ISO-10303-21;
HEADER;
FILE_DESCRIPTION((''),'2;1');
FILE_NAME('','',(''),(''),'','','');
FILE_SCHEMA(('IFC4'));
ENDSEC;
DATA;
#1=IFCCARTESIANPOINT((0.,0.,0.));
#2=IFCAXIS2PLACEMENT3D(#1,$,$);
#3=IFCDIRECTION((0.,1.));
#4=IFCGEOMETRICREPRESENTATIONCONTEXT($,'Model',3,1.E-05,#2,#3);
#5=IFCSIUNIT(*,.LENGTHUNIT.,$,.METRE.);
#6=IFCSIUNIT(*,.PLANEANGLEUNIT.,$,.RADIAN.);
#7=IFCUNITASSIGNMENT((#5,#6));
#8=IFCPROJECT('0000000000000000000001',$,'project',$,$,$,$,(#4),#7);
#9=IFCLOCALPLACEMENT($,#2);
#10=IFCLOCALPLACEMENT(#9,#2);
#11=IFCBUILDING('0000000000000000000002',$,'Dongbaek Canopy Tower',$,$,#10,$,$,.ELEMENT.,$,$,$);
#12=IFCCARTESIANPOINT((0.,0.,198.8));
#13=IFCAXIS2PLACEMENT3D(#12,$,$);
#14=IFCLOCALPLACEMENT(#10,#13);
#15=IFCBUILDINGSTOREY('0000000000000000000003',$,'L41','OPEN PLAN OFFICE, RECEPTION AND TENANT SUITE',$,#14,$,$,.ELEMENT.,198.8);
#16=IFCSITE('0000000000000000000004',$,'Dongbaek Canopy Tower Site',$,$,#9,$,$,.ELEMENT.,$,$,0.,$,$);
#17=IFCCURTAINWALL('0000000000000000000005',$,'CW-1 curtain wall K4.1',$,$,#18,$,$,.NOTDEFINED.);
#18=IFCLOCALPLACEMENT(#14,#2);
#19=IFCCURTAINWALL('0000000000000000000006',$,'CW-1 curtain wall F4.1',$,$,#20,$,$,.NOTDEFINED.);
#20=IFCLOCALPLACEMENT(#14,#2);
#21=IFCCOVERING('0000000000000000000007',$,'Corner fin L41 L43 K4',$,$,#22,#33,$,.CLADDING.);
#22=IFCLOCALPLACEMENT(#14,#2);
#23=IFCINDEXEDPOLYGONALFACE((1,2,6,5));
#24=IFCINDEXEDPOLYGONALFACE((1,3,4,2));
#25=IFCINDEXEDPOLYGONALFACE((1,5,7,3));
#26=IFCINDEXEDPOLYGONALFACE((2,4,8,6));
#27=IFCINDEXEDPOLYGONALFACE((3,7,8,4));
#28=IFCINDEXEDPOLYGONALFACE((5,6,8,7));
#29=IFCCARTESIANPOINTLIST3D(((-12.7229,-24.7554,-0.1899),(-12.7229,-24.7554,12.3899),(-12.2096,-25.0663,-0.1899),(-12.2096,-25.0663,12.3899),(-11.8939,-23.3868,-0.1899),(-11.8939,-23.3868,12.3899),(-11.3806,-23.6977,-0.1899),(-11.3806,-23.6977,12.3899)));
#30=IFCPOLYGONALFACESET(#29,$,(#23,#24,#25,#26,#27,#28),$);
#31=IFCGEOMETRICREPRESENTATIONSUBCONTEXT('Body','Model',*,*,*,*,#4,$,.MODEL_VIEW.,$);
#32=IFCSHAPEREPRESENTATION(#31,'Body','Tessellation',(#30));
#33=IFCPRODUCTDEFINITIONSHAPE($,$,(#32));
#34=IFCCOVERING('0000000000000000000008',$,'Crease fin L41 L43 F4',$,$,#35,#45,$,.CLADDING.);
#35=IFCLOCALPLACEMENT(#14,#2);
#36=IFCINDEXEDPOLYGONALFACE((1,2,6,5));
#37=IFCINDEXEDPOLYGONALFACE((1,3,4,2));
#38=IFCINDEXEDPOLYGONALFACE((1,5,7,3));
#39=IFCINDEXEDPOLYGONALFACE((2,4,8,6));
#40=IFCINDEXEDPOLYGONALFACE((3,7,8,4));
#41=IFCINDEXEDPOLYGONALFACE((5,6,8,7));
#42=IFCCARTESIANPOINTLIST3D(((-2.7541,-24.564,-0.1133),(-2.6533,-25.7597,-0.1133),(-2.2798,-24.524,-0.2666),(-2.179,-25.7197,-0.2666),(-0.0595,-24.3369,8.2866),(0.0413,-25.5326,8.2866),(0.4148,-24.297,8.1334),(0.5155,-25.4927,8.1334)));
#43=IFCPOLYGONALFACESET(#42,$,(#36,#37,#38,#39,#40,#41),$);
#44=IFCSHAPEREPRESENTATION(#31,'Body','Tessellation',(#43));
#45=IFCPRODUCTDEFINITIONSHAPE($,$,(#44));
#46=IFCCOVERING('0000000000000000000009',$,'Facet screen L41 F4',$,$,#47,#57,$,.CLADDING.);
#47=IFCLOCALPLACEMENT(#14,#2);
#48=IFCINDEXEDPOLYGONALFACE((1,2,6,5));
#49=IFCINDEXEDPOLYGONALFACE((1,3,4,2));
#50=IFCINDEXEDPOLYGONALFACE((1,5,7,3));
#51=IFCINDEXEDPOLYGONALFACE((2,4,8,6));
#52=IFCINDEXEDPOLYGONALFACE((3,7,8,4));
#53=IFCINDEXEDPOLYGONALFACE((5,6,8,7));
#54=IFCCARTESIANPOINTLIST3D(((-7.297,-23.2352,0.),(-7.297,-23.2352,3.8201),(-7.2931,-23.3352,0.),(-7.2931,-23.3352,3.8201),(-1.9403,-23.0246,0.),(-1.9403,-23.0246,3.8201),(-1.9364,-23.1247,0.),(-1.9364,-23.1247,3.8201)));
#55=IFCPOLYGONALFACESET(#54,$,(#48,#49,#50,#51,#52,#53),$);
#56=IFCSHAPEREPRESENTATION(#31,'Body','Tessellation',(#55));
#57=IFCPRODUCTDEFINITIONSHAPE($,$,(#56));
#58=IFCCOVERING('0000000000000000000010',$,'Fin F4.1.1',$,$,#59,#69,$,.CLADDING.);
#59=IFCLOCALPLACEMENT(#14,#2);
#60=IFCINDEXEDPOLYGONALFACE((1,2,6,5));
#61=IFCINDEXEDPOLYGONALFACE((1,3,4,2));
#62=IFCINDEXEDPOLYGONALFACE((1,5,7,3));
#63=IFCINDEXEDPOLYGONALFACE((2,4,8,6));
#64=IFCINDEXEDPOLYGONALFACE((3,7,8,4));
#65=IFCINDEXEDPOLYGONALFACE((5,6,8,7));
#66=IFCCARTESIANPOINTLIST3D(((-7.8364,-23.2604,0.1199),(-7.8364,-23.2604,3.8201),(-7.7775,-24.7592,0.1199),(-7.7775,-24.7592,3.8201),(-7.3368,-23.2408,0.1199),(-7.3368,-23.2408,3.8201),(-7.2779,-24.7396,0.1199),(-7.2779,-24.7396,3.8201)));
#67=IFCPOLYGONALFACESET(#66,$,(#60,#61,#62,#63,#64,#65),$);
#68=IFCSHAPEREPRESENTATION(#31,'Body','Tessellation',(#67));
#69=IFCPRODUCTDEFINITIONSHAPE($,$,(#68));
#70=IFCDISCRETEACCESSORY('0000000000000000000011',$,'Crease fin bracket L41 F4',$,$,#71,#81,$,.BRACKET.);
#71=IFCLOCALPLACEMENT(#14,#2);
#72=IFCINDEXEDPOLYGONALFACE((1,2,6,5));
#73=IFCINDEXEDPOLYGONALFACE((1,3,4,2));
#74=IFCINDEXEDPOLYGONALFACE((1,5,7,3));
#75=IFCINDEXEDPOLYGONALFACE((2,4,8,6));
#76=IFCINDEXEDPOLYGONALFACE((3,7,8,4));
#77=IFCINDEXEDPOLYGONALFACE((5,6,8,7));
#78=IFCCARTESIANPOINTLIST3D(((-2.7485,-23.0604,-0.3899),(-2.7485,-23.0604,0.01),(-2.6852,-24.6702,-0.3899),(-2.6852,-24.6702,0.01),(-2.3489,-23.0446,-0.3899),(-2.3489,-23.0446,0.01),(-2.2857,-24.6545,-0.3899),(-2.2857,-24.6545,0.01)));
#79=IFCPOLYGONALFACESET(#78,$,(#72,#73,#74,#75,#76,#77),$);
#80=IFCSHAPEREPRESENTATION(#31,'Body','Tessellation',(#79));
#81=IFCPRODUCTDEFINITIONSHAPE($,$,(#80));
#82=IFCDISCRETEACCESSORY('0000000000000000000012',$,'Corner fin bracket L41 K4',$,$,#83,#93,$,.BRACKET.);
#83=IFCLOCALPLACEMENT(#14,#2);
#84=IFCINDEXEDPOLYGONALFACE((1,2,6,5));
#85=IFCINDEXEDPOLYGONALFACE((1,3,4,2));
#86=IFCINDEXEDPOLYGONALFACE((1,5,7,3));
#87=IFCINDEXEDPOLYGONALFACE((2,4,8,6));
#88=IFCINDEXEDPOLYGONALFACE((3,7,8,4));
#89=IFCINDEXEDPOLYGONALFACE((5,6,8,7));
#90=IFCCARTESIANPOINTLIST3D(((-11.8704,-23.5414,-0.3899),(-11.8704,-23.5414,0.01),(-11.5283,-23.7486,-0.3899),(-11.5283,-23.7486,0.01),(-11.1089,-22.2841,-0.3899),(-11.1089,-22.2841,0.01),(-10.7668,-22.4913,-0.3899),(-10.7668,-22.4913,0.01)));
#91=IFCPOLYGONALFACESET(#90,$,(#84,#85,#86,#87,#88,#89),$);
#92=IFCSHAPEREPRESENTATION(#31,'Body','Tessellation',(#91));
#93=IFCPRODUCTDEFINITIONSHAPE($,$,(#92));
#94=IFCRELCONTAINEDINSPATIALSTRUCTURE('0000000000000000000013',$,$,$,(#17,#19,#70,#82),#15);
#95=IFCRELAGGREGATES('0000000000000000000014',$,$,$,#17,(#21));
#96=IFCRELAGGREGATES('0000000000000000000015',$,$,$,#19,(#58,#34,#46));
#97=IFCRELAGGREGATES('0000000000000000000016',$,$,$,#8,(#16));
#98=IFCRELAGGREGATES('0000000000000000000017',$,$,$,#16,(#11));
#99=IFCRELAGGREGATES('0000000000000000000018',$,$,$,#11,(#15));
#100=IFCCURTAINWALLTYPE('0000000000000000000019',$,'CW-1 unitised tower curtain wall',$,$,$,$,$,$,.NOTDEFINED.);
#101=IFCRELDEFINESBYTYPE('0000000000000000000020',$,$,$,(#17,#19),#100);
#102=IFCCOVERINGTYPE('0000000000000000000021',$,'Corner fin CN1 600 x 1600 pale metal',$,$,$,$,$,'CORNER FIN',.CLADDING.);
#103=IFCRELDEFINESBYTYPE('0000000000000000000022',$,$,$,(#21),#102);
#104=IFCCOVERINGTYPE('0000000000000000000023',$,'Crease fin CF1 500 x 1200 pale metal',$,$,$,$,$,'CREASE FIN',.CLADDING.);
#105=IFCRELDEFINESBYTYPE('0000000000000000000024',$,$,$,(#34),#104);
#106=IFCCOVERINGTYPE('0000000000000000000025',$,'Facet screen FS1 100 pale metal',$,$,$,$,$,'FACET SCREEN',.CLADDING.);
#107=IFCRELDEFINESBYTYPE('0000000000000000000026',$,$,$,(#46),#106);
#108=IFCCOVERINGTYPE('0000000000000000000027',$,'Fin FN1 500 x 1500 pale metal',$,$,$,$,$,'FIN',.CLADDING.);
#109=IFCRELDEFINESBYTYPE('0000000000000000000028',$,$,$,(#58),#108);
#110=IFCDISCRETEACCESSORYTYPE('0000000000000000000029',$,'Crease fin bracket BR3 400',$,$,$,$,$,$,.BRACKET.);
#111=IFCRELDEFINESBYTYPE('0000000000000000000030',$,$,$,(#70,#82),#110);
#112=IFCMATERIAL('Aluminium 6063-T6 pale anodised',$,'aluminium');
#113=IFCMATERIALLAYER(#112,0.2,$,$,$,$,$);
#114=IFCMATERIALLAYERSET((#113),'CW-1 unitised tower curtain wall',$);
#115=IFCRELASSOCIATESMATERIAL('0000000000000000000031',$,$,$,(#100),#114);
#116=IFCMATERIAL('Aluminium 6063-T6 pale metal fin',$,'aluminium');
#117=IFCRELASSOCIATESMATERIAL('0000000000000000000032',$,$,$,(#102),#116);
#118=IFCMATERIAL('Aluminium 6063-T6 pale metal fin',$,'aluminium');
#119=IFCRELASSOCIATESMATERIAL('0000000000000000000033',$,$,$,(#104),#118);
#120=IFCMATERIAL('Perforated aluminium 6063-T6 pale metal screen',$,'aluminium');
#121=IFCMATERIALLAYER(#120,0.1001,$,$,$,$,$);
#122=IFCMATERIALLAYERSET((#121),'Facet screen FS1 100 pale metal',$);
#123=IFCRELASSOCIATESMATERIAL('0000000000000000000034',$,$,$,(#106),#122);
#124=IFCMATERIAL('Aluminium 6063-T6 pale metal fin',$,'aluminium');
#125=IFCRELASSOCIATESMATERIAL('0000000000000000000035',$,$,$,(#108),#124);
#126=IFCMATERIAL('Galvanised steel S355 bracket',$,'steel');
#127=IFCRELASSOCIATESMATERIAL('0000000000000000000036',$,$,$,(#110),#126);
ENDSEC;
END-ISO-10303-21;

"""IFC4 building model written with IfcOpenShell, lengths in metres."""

from ifc_helpers import new_model, si_unit, direction, frame, origin, origin_2d, place, context, subcontext, project, spatial, rectangle, extrude, material, layer, layer_set, material_profile, profile_set, type_object, element, aggregate, save


model = new_model("IFC4")

# Units and contexts
model_context = context("Model", 3, precision=1e-05, world=origin(), true_north=direction((0.0, 1.0)))
body_context = subcontext(model_context, "Body", "Model", "MODEL_VIEW")
ifc_project = project(units=[si_unit("LENGTHUNIT", "METRE"), si_unit("PLANEANGLEUNIT", "RADIAN")], contexts=[model_context])

# Site, building, storey
site_placement = place(None, origin())
site = spatial("IfcSite", under=ifc_project, at=site_placement, Name="Dongbaek Canopy Tower Site", CompositionType="ELEMENT", RefElevation=0.0)
building_placement = place(site_placement, origin())
building = spatial("IfcBuilding", under=site, at=building_placement, Name="Dongbaek Canopy Tower", CompositionType="ELEMENT")
storey_placement = place(building_placement, frame((0.0, 0.0, 198.8)))
storey = spatial("IfcBuildingStorey", under=building, at=storey_placement, Name="L41", Description="OPEN PLAN OFFICE, RECEPTION AND TENANT SUITE", CompositionType="ELEMENT", Elevation=198.8)

# Curtain walls
ifc_material_1 = material(Name="Aluminium 6063-T6 pale anodised", Category="aluminium")
ifc_layer_1 = layer(ifc_material_1, 0.2)
ifc_layer_set_1 = layer_set([ifc_layer_1], Name="CW-1 unitised tower curtain wall")
curtain_wall_type = type_object("IfcCurtainWallType", Name="CW-1 unitised tower curtain wall", PredefinedType="NOTDEFINED", material=ifc_layer_set_1)
curtain_wall_1_placement = place(storey_placement, origin())
curtain_wall_1 = element("IfcCurtainWall", 1, at=curtain_wall_1_placement, inside=storey, type_object=curtain_wall_type, Name="CW-1 curtain wall K4.1", PredefinedType="NOTDEFINED")
curtain_wall_2_placement = place(storey_placement, origin())
curtain_wall_2 = element("IfcCurtainWall", 2, at=curtain_wall_2_placement, inside=storey, type_object=curtain_wall_type, Name="CW-1 curtain wall F4.1", PredefinedType="NOTDEFINED")

# Coverings
ifc_material_2 = material(Name="Aluminium 6063-T6 pale metal fin", Category="aluminium")
ifc_material_profile_1 = material_profile(ifc_material_2, rectangle(XDim=1.6001, YDim=0.6001, at=origin_2d()), Name="Corner fin CN1 600 x 1600 pale metal")
ifc_profile_set_1 = profile_set([ifc_material_profile_1], Name="Aluminium 6063-T6 pale metal fin")
covering_type_1 = type_object("IfcCoveringType", Name="Corner fin CN1 600 x 1600 pale metal", ElementType="CORNER FIN", PredefinedType="CLADDING", material=ifc_profile_set_1)
covering_1_placement = place(storey_placement, frame((-12.0518, -24.2266, -0.1899), z_axis=(0.0, 0.0, 1.0), x_axis=(-0.518049, -0.855351, 0.0)))
covering_1 = element("IfcCovering", 3, at=covering_1_placement, type_object=covering_type_1, Name="Corner fin L41 L43 K4", PredefinedType="CLADDING", context=body_context, shape_type="SweptSolid", body=[
    extrude(rectangle(XDim=1.6001, YDim=0.6001, at=origin_2d()), origin(), (0.0, 0.0, 1.0), 12.5798),
])
aggregate(curtain_wall_1, [covering_1])
ifc_material_3 = material(Name="Aluminium 6063-T6 pale metal fin", Category="aluminium")
ifc_material_profile_2 = material_profile(ifc_material_3, rectangle(XDim=1.2, YDim=0.5, at=origin_2d()), Name="Crease fin CF1 500 x 1200 pale metal")
ifc_profile_set_2 = profile_set([ifc_material_profile_2], Name="Aluminium 6063-T6 pale metal fin")
covering_type_2 = type_object("IfcCoveringType", Name="Crease fin CF1 500 x 1200 pale metal", ElementType="CREASE FIN", PredefinedType="CLADDING", material=ifc_profile_set_2)
covering_2_placement = place(storey_placement, frame((-2.4666, -25.1418, -0.1899), z_axis=(0.305354, 0.02573, 0.951891), x_axis=(-0.083964, 0.996469, 0.0)))
covering_2 = element("IfcCovering", 4, at=covering_2_placement, type_object=covering_type_2, Name="Crease fin L41 L43 F4", PredefinedType="CLADDING", context=body_context, shape_type="SweptSolid", body=[
    extrude(rectangle(XDim=1.2, YDim=0.5, at=origin_2d()), origin(), (0.0, 0.0, 1.0), 8.8245),
])
ifc_material_4 = material(Name="Perforated aluminium 6063-T6 pale metal screen", Category="aluminium")
ifc_layer_2 = layer(ifc_material_4, 0.1001)
ifc_layer_set_2 = layer_set([ifc_layer_2], Name="Facet screen FS1 100 pale metal")
covering_type_3 = type_object("IfcCoveringType", Name="Facet screen FS1 100 pale metal", ElementType="FACET SCREEN", PredefinedType="CLADDING", material=ifc_layer_set_2)
covering_3_placement = place(storey_placement, frame((-4.6167, -23.1799, 0.0), z_axis=(0.0, 0.0, 1.0), x_axis=(0.999228, 0.039276, 0.0)))
covering_3 = element("IfcCovering", 5, at=covering_3_placement, type_object=covering_type_3, Name="Facet screen L41 F4", PredefinedType="CLADDING", context=body_context, shape_type="SweptSolid", body=[
    extrude(rectangle(XDim=5.3608, YDim=0.1001, at=origin_2d()), origin(), (0.0, 0.0, 1.0), 3.8201),
])
ifc_material_5 = material(Name="Aluminium 6063-T6 pale metal fin", Category="aluminium")
ifc_material_profile_3 = material_profile(ifc_material_5, rectangle(XDim=1.5, YDim=0.5, at=origin_2d()), Name="Fin FN1 500 x 1500 pale metal")
ifc_profile_set_3 = profile_set([ifc_material_profile_3], Name="Aluminium 6063-T6 pale metal fin")
covering_type_4 = type_object("IfcCoveringType", Name="Fin FN1 500 x 1500 pale metal", ElementType="FIN", PredefinedType="CLADDING", material=ifc_profile_set_3)
covering_4_placement = place(storey_placement, frame((-7.5571, -24.0, 0.1199), z_axis=(0.0, 0.0, 1.0), x_axis=(0.039276, -0.999228, 0.0)))
covering_4 = element("IfcCovering", 6, at=covering_4_placement, type_object=covering_type_4, Name="Fin F4.1.1", PredefinedType="CLADDING", context=body_context, shape_type="SweptSolid", body=[
    extrude(rectangle(XDim=1.5, YDim=0.5, at=origin_2d()), origin(), (0.0, 0.0, 1.0), 3.7002),
])
aggregate(curtain_wall_2, [covering_4, covering_2, covering_3])

# Discrete accessories
ifc_material_6 = material(Name="Galvanised steel S355 bracket", Category="steel")
discrete_accessory_type = type_object("IfcDiscreteAccessoryType", Name="Crease fin bracket BR3 400", PredefinedType="BRACKET", material=ifc_material_6)
discrete_accessory_1_placement = place(storey_placement, frame((-2.5171, -23.8574, -0.3899), z_axis=(0.0, 0.0, 1.0), x_axis=(0.039276, -0.999228, 0.0)))
element("IfcDiscreteAccessory", 7, at=discrete_accessory_1_placement, inside=storey, type_object=discrete_accessory_type, Name="Crease fin bracket L41 F4", PredefinedType="BRACKET", context=body_context, shape_type="SweptSolid", body=[
    extrude(rectangle(XDim=1.6111, YDim=0.3999, at=origin_2d()), origin(), (0.0, 0.0, 1.0), 0.3999),
])
discrete_accessory_2_placement = place(storey_placement, frame((-11.3186, -23.0164, -0.3899), z_axis=(0.0, 0.0, 1.0), x_axis=(-0.518049, -0.855351, 0.0)))
element("IfcDiscreteAccessory", 8, at=discrete_accessory_2_placement, inside=storey, type_object=discrete_accessory_type, Name="Corner fin bracket L41 K4", PredefinedType="BRACKET", context=body_context, shape_type="SweptSolid", body=[
    extrude(rectangle(XDim=1.47, YDim=0.3999, at=origin_2d()), origin(), (0.0, 0.0, 1.0), 0.3999),
])

save(model, "model.ifc")
